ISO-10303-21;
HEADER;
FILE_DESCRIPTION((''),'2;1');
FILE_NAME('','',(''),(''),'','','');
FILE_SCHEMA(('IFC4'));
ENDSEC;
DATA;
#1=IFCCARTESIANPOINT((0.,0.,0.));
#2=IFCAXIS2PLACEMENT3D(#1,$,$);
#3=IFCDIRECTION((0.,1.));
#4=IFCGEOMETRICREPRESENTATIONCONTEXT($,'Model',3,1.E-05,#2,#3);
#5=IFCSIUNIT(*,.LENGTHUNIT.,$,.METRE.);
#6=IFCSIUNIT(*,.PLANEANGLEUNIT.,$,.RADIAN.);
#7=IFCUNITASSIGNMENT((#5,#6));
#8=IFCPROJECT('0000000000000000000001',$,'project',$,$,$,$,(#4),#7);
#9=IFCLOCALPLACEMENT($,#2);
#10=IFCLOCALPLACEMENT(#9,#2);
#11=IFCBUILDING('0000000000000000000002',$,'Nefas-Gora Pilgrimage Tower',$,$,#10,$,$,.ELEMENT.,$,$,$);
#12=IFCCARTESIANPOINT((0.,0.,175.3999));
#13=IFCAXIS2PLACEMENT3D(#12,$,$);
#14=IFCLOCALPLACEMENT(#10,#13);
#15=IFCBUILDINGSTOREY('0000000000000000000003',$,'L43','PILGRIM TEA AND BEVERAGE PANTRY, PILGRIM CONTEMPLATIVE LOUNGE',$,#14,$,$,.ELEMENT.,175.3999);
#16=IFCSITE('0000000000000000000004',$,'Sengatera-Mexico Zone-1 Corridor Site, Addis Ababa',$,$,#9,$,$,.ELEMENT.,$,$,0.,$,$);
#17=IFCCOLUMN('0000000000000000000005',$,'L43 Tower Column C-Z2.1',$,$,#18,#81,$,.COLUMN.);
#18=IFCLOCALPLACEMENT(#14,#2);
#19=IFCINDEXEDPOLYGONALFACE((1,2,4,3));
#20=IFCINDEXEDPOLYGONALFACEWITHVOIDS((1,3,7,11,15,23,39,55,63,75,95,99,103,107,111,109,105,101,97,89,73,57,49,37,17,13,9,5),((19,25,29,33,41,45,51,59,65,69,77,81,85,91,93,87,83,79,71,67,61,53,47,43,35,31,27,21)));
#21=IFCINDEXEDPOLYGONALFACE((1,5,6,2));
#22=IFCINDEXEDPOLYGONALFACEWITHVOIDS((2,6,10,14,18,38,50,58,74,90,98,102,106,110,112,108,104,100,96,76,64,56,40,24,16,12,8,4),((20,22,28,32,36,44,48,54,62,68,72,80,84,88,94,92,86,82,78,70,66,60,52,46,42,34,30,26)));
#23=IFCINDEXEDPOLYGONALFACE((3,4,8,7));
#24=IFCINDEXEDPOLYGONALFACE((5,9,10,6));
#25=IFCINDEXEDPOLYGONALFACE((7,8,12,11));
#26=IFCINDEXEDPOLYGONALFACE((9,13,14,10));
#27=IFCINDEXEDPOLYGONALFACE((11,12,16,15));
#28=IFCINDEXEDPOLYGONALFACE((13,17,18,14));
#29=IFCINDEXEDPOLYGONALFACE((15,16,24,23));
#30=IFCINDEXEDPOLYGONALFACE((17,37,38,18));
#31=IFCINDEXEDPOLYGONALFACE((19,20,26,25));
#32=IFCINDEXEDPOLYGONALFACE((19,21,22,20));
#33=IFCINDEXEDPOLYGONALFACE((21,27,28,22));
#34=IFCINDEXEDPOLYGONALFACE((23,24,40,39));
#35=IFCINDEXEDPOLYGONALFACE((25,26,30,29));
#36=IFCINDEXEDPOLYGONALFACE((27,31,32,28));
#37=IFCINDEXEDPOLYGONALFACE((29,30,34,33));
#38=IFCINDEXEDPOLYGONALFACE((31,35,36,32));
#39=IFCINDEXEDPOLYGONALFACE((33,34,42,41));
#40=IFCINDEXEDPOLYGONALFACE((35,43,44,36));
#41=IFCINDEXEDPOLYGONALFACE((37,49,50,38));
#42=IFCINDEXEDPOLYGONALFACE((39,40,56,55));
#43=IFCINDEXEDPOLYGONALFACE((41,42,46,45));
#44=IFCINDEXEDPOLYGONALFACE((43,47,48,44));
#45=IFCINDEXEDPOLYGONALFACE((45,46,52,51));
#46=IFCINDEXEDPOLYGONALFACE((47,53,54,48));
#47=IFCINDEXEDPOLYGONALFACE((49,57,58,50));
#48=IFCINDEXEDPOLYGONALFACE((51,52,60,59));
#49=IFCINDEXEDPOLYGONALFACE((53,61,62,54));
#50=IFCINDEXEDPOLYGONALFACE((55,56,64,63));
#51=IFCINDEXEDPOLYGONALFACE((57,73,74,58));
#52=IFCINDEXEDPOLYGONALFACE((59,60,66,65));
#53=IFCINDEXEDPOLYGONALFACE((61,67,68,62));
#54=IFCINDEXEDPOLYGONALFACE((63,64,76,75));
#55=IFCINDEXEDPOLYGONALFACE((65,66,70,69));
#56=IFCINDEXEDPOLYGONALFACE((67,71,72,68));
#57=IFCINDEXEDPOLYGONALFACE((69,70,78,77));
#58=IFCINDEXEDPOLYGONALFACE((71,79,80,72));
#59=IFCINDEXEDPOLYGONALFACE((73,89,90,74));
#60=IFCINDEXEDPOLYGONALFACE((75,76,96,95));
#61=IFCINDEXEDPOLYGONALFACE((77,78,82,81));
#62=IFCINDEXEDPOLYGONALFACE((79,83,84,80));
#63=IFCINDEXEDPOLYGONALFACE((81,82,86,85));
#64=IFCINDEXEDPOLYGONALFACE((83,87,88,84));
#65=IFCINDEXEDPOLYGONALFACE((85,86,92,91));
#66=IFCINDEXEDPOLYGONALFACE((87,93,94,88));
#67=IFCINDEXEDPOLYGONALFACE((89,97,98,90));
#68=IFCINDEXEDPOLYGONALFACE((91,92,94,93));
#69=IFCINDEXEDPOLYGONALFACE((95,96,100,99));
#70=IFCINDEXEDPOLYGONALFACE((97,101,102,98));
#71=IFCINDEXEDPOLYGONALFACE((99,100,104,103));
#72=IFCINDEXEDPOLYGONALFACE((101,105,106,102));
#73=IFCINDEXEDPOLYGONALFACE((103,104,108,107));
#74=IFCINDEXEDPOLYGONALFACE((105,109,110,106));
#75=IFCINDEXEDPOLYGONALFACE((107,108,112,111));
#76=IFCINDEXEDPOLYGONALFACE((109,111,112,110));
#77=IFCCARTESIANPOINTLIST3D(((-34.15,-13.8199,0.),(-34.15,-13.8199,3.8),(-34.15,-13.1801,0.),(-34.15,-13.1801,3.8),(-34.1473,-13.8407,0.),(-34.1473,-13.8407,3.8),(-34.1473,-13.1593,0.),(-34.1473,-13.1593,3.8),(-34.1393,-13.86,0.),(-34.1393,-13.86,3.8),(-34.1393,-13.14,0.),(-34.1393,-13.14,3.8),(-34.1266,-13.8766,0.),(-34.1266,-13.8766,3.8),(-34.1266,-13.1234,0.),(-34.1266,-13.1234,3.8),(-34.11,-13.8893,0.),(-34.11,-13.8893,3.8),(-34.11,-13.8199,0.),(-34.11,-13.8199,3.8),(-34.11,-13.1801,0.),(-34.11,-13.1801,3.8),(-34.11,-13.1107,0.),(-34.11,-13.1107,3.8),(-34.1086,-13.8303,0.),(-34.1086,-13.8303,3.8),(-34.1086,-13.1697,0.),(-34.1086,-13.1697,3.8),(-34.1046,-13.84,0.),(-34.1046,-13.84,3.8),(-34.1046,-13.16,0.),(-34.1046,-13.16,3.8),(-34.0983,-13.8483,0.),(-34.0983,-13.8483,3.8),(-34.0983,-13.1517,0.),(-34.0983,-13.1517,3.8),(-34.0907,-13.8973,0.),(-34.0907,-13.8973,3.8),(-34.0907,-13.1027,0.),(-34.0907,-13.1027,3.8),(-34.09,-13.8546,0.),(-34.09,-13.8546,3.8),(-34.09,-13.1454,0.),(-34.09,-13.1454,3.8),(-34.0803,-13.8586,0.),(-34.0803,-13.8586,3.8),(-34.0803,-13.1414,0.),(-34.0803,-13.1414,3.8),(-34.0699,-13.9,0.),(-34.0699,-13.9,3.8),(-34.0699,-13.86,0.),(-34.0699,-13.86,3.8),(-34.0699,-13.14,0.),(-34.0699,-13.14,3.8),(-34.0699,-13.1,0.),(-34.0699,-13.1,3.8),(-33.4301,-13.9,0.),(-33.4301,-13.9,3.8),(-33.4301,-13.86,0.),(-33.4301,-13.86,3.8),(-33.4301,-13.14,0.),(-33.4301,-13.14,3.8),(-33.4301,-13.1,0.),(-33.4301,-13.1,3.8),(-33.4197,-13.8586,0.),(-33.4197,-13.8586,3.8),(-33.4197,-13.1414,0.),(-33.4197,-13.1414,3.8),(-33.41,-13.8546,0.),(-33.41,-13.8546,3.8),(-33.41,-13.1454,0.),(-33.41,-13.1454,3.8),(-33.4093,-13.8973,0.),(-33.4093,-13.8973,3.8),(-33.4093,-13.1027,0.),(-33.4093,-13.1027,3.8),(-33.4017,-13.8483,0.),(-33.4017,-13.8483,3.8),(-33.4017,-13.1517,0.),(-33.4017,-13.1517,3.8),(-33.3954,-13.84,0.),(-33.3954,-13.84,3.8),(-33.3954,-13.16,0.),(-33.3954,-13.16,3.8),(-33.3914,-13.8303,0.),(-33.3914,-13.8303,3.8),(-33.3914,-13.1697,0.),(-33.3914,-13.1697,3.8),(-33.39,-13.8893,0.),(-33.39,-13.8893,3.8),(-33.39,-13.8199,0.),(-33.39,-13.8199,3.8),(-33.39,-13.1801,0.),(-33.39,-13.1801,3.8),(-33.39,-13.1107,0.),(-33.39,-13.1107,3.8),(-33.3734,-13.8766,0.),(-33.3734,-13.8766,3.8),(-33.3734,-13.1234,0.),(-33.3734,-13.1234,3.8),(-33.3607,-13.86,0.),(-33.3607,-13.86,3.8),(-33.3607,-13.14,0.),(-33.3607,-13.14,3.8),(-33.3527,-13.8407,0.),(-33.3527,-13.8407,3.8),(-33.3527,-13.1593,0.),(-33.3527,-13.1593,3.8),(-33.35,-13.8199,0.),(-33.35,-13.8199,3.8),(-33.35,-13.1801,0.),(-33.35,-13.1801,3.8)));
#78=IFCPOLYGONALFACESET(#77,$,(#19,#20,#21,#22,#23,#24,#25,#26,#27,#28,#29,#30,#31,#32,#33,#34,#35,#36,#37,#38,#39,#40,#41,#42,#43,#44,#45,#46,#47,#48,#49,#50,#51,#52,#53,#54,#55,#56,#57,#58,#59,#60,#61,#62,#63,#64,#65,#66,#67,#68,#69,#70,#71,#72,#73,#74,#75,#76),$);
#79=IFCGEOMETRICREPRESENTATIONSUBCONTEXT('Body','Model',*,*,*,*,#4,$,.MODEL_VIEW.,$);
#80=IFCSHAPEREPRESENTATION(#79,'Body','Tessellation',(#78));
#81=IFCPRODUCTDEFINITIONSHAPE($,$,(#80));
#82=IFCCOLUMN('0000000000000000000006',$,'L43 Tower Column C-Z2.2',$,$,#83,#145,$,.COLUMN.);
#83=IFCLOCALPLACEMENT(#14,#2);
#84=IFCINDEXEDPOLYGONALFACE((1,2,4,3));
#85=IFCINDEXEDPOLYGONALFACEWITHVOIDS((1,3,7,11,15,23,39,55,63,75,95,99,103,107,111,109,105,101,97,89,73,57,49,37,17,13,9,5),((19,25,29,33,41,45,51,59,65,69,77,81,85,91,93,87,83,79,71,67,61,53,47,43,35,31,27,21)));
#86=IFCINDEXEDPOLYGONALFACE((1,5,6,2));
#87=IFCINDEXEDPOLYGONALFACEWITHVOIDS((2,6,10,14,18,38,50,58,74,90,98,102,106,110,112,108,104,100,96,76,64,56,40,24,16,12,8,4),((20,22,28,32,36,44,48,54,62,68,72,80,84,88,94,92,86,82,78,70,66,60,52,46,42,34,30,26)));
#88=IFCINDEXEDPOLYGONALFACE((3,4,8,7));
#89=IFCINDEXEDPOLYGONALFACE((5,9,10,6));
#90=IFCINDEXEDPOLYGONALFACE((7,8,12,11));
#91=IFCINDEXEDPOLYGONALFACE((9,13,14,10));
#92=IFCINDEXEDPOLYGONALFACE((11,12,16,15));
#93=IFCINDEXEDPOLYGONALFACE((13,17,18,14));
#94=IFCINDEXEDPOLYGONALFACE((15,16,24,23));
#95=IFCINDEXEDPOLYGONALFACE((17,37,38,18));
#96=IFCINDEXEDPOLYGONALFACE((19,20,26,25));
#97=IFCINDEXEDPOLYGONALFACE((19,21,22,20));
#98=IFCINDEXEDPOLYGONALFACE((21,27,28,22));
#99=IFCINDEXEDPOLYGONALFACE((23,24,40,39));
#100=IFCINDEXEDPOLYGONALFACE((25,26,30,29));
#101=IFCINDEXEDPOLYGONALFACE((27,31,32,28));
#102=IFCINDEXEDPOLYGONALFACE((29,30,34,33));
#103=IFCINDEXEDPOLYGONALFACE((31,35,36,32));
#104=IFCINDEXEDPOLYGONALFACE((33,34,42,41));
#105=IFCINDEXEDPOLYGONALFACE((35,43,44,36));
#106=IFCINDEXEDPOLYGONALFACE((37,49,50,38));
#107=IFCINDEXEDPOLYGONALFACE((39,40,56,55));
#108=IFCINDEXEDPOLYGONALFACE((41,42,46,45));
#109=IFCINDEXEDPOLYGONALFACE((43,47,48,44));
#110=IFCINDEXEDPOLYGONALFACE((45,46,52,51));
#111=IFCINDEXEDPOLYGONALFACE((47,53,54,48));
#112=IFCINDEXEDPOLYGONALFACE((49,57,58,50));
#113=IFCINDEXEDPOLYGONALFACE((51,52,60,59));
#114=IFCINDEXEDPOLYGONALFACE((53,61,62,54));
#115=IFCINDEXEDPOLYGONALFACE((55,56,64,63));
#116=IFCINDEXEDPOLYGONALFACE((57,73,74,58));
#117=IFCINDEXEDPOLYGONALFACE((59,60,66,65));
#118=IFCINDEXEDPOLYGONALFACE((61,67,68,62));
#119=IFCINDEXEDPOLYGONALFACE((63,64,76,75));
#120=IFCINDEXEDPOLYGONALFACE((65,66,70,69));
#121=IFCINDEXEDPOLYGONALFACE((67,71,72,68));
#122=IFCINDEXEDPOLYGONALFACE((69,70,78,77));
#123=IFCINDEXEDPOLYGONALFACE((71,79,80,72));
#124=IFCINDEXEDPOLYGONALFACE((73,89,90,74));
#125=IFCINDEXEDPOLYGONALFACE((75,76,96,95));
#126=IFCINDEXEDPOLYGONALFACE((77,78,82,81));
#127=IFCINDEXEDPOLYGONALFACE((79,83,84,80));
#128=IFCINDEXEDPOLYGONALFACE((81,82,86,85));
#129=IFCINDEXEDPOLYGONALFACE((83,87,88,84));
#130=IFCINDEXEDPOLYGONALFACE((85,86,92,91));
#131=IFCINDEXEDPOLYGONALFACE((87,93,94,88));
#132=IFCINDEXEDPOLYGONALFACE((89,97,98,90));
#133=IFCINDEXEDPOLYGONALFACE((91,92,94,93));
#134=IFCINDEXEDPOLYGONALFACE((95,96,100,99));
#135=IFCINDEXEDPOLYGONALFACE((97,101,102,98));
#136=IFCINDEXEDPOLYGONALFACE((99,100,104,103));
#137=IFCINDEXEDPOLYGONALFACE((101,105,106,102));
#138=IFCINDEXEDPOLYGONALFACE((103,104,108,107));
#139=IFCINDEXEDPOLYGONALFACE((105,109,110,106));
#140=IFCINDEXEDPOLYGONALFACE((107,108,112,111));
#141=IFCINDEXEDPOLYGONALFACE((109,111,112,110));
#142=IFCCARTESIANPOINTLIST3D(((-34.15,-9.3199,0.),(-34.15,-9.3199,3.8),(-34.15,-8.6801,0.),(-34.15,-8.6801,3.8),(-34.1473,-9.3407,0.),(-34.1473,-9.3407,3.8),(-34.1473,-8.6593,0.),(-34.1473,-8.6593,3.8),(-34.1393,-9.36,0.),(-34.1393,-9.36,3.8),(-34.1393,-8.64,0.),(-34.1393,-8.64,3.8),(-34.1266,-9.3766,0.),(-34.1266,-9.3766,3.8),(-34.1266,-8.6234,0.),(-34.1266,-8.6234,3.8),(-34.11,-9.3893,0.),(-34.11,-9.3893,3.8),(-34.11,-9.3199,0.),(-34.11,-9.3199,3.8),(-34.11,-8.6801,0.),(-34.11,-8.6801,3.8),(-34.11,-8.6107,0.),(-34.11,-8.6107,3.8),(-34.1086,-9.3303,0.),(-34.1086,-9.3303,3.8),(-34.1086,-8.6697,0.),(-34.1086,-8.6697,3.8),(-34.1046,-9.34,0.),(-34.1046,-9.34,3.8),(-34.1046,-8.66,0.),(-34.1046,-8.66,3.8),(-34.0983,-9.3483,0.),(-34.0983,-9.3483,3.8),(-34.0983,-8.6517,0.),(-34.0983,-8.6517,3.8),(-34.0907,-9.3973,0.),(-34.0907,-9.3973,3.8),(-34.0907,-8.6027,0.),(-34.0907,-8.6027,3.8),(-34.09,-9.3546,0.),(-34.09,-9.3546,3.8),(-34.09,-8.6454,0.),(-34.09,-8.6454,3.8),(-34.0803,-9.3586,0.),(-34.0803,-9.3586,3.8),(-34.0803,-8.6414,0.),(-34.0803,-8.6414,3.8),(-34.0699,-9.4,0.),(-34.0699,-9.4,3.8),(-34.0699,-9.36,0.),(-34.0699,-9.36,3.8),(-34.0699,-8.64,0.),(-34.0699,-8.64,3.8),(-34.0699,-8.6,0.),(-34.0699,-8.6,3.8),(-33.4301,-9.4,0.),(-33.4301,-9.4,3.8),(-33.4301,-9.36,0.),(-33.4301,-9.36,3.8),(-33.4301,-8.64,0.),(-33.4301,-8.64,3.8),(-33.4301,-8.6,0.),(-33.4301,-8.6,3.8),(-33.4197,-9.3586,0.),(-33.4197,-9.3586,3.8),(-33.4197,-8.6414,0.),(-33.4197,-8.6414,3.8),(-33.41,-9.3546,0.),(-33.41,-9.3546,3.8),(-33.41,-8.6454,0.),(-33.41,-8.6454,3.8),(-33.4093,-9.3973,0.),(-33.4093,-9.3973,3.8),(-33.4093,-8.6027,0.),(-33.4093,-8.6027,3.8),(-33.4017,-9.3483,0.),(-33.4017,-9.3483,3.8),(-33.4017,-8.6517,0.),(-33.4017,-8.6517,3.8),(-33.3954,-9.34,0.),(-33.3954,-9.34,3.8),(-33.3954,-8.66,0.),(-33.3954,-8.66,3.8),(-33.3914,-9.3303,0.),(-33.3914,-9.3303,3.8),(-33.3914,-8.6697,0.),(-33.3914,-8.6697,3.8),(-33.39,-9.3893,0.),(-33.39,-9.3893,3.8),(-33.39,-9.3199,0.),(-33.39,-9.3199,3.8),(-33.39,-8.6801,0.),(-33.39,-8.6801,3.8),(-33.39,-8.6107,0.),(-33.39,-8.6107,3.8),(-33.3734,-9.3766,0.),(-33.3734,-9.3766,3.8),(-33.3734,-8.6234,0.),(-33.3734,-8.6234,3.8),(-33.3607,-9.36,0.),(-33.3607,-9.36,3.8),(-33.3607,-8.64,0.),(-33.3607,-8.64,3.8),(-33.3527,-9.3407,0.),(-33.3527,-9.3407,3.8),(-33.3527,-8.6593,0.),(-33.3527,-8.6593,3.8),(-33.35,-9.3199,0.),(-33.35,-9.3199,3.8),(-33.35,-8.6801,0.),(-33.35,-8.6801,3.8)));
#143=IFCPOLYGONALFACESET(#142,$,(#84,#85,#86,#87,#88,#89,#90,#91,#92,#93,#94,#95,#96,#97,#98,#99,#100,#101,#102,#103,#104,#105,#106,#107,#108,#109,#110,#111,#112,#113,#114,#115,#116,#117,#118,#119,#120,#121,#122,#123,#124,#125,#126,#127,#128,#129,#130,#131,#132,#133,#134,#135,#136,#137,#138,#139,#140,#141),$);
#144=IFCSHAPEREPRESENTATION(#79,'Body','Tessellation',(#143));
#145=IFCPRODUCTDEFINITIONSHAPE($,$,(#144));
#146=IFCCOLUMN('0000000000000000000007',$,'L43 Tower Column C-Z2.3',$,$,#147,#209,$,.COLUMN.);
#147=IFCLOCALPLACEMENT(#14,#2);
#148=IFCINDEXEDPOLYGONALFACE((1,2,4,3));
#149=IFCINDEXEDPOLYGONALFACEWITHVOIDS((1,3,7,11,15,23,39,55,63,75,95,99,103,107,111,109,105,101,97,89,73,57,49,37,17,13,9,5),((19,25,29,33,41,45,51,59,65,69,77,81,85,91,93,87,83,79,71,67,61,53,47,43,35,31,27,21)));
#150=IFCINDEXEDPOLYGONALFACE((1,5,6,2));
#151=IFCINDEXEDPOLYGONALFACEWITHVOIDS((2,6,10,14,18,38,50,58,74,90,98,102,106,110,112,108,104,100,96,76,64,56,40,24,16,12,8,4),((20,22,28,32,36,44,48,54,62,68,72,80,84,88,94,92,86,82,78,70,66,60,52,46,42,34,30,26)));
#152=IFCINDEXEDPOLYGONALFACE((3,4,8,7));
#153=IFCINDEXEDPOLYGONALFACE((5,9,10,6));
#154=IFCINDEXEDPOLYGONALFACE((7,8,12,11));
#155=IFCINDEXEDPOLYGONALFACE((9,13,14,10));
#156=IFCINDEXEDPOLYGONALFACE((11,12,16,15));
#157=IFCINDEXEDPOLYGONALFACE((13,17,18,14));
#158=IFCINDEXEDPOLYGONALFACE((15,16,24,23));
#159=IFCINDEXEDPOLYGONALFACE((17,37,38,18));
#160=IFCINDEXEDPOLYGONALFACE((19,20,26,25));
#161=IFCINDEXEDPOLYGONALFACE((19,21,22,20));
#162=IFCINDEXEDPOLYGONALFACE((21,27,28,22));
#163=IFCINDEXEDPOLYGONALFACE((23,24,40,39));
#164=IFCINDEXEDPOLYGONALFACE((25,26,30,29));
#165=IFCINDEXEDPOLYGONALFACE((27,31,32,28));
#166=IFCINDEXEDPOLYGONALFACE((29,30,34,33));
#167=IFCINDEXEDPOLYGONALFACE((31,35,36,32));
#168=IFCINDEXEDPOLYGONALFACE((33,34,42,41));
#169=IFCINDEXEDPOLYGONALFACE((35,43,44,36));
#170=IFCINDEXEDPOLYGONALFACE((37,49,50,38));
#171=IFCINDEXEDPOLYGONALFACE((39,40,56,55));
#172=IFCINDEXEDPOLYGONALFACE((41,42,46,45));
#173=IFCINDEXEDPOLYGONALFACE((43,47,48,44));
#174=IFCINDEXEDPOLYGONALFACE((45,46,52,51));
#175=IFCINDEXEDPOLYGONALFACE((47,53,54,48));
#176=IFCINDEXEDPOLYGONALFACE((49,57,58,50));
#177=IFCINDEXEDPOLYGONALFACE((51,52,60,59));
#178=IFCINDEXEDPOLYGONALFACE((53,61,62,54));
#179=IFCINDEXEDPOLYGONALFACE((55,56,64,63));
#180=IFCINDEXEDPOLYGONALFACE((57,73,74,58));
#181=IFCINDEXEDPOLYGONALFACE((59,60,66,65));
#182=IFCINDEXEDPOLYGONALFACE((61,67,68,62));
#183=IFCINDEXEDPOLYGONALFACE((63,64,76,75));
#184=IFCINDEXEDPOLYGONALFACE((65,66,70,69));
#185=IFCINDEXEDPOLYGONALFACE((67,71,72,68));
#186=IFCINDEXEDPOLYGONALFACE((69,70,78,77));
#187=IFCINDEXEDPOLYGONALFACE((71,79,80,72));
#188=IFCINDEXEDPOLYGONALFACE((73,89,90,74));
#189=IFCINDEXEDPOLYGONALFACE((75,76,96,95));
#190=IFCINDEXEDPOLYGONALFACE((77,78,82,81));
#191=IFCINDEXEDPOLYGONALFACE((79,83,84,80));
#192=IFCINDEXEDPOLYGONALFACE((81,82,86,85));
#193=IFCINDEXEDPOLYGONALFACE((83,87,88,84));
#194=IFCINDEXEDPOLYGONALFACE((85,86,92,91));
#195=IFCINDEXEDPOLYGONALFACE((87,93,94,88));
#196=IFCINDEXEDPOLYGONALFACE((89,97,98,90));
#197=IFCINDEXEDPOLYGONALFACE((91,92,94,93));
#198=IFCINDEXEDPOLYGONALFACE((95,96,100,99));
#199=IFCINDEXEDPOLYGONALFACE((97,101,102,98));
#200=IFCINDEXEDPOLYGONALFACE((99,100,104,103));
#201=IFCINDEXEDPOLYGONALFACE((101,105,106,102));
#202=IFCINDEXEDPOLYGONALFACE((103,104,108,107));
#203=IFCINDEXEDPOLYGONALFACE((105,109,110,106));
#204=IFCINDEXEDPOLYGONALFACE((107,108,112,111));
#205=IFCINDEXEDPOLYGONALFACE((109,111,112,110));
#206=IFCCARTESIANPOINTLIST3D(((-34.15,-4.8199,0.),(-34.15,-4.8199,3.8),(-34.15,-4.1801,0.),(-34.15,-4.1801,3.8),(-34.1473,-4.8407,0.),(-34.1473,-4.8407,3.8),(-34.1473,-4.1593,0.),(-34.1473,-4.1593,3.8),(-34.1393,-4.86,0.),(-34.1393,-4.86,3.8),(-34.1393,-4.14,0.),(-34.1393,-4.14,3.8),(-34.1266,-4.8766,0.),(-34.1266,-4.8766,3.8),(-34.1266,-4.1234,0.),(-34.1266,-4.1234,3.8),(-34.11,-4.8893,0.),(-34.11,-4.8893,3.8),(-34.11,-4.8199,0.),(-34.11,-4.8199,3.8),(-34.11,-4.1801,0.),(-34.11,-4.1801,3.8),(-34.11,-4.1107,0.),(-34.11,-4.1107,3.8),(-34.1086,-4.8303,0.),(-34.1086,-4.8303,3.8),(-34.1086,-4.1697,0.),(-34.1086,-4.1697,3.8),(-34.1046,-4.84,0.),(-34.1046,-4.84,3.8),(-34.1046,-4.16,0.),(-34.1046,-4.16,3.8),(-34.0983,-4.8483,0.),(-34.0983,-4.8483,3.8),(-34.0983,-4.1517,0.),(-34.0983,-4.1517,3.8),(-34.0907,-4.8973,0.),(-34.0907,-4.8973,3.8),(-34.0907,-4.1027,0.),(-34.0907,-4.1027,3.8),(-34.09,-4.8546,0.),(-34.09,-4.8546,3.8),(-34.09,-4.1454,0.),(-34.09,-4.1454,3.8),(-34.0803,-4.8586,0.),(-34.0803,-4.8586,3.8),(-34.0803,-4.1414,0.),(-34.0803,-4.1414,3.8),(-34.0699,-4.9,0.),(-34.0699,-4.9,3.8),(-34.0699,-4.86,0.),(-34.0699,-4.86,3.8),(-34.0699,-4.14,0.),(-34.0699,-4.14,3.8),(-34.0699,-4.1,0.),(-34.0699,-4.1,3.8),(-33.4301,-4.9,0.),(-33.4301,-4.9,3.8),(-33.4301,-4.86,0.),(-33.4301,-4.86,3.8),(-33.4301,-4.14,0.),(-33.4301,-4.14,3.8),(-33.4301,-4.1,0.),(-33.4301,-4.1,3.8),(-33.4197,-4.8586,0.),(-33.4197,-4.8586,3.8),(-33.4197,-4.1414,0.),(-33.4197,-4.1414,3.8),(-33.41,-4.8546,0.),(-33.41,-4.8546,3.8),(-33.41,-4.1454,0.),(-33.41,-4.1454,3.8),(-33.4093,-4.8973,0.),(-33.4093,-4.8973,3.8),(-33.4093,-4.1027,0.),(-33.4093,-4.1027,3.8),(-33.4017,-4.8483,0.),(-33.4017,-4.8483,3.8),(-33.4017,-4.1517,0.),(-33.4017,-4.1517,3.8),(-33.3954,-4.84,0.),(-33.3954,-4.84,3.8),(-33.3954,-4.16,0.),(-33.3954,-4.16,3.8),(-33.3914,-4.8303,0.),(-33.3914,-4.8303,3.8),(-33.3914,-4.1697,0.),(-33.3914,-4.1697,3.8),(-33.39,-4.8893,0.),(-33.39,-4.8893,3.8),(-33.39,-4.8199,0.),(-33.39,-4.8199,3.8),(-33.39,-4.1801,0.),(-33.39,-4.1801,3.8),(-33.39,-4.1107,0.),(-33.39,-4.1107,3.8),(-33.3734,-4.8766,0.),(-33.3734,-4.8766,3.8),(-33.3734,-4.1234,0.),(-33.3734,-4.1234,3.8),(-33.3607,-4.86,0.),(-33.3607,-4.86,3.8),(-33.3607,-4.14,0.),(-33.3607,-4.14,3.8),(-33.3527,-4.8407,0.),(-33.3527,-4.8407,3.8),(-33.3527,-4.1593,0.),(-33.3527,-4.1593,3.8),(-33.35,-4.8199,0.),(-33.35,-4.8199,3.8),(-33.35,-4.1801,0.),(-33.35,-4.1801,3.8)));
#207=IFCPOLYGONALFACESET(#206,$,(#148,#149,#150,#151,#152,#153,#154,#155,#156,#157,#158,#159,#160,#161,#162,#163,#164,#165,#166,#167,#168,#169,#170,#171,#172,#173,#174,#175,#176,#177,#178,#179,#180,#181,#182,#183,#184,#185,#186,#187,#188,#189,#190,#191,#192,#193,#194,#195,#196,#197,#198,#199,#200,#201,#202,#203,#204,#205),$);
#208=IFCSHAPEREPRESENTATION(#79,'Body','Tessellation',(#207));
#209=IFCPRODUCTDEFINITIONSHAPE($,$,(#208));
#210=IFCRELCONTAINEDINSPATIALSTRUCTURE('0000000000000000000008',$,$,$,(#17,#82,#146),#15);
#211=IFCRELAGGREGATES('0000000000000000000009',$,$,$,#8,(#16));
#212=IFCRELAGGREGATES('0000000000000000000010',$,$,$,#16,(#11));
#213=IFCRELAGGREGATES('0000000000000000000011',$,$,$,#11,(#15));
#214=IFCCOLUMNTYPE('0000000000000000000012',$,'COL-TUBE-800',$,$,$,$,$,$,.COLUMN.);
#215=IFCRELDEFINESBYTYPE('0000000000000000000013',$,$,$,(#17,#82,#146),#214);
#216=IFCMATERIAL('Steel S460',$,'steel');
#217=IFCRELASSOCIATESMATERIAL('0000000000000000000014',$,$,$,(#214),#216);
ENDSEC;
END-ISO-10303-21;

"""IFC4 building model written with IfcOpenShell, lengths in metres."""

from ifc_helpers import new_model, si_unit, direction, frame, origin, origin_2d, place, context, subcontext, project, spatial, hollow_rectangle, extrude, source, transform, mapped, material, material_profile, profile_set, type_object, element, save


model = new_model("IFC4")

# Units and contexts
model_context = context("Model", 3, precision=1e-05, world=origin(), true_north=direction((0.0, 1.0)))
body_context = subcontext(model_context, "Body", "Model", "MODEL_VIEW")
ifc_project = project(units=[si_unit("LENGTHUNIT", "METRE"), si_unit("PLANEANGLEUNIT", "RADIAN")], contexts=[model_context])

# Site, building, storey
site_placement = place(None, origin())
site = spatial("IfcSite", under=ifc_project, at=site_placement, Name="Sengatera-Mexico Zone-1 Corridor Site, Addis Ababa", CompositionType="ELEMENT", RefElevation=0.0)
building_placement = place(site_placement, origin())
building = spatial("IfcBuilding", under=site, at=building_placement, Name="Nefas-Gora Pilgrimage Tower", CompositionType="ELEMENT")
storey_placement = place(building_placement, frame((0.0, 0.0, 175.3999)))
storey = spatial("IfcBuildingStorey", under=building, at=storey_placement, Name="L43", Description="PILGRIM TEA AND BEVERAGE PANTRY, PILGRIM CONTEMPLATIVE LOUNGE", CompositionType="ELEMENT", Elevation=175.3999)

# Columns
ifc_material_1 = material(Name="Steel S460", Category="steel")
ifc_material_profile_1 = material_profile(ifc_material_1, hollow_rectangle(XDim=0.8, YDim=0.8, WallThickness=0.04, InnerFilletRadius=0.04, OuterFilletRadius=0.0801, at=origin_2d()), Name="BOX 800x800x40")
ifc_profile_set_1 = profile_set([ifc_material_profile_1], Name="Steel S460")
column_type_1 = type_object("IfcColumnType", Name="COL-TUBE-800", PredefinedType="COLUMN", material=ifc_profile_set_1)
shared_shape_1 = source(origin(), body_context, "Body", "SweptSolid", [
    extrude(hollow_rectangle(XDim=0.8, YDim=0.8, WallThickness=0.04, InnerFilletRadius=0.04, OuterFilletRadius=0.0801, at=origin_2d()), origin(), (0.0, 0.0, 1.0), 3.8),
])
for number, where, z_axis, x_axis, name in (
    (1, (-33.75, -13.5, 0.0), (0.0, 0.0, 1.0), (1.0, 0.0, 0.0), "L43 Tower Column C-Z2.1"),
    (2, (-33.75, -9.0, 0.0), (0.0, 0.0, 1.0), (1.0, 0.0, 0.0), "L43 Tower Column C-Z2.2"),
    (3, (-33.75, -4.5, 0.0), (0.0, 0.0, 1.0), (1.0, 0.0, 0.0), "L43 Tower Column C-Z2.3"),
):
    element("IfcColumn", number, at=place(storey_placement, frame(where, z_axis=z_axis, x_axis=x_axis)), inside=storey, type_object=column_type_1, Name=name, PredefinedType="COLUMN", context=body_context, shape_type="MappedRepresentation", body=[
        mapped(shared_shape_1, transform((0.0, 0.0, 0.0), x_axis=(1.0, 0.0, 0.0), y_axis=(0.0, 1.0, 0.0), z_axis=(0.0, 0.0, 1.0), scale=1.0)),
    ])

save(model, "model.ifc")
